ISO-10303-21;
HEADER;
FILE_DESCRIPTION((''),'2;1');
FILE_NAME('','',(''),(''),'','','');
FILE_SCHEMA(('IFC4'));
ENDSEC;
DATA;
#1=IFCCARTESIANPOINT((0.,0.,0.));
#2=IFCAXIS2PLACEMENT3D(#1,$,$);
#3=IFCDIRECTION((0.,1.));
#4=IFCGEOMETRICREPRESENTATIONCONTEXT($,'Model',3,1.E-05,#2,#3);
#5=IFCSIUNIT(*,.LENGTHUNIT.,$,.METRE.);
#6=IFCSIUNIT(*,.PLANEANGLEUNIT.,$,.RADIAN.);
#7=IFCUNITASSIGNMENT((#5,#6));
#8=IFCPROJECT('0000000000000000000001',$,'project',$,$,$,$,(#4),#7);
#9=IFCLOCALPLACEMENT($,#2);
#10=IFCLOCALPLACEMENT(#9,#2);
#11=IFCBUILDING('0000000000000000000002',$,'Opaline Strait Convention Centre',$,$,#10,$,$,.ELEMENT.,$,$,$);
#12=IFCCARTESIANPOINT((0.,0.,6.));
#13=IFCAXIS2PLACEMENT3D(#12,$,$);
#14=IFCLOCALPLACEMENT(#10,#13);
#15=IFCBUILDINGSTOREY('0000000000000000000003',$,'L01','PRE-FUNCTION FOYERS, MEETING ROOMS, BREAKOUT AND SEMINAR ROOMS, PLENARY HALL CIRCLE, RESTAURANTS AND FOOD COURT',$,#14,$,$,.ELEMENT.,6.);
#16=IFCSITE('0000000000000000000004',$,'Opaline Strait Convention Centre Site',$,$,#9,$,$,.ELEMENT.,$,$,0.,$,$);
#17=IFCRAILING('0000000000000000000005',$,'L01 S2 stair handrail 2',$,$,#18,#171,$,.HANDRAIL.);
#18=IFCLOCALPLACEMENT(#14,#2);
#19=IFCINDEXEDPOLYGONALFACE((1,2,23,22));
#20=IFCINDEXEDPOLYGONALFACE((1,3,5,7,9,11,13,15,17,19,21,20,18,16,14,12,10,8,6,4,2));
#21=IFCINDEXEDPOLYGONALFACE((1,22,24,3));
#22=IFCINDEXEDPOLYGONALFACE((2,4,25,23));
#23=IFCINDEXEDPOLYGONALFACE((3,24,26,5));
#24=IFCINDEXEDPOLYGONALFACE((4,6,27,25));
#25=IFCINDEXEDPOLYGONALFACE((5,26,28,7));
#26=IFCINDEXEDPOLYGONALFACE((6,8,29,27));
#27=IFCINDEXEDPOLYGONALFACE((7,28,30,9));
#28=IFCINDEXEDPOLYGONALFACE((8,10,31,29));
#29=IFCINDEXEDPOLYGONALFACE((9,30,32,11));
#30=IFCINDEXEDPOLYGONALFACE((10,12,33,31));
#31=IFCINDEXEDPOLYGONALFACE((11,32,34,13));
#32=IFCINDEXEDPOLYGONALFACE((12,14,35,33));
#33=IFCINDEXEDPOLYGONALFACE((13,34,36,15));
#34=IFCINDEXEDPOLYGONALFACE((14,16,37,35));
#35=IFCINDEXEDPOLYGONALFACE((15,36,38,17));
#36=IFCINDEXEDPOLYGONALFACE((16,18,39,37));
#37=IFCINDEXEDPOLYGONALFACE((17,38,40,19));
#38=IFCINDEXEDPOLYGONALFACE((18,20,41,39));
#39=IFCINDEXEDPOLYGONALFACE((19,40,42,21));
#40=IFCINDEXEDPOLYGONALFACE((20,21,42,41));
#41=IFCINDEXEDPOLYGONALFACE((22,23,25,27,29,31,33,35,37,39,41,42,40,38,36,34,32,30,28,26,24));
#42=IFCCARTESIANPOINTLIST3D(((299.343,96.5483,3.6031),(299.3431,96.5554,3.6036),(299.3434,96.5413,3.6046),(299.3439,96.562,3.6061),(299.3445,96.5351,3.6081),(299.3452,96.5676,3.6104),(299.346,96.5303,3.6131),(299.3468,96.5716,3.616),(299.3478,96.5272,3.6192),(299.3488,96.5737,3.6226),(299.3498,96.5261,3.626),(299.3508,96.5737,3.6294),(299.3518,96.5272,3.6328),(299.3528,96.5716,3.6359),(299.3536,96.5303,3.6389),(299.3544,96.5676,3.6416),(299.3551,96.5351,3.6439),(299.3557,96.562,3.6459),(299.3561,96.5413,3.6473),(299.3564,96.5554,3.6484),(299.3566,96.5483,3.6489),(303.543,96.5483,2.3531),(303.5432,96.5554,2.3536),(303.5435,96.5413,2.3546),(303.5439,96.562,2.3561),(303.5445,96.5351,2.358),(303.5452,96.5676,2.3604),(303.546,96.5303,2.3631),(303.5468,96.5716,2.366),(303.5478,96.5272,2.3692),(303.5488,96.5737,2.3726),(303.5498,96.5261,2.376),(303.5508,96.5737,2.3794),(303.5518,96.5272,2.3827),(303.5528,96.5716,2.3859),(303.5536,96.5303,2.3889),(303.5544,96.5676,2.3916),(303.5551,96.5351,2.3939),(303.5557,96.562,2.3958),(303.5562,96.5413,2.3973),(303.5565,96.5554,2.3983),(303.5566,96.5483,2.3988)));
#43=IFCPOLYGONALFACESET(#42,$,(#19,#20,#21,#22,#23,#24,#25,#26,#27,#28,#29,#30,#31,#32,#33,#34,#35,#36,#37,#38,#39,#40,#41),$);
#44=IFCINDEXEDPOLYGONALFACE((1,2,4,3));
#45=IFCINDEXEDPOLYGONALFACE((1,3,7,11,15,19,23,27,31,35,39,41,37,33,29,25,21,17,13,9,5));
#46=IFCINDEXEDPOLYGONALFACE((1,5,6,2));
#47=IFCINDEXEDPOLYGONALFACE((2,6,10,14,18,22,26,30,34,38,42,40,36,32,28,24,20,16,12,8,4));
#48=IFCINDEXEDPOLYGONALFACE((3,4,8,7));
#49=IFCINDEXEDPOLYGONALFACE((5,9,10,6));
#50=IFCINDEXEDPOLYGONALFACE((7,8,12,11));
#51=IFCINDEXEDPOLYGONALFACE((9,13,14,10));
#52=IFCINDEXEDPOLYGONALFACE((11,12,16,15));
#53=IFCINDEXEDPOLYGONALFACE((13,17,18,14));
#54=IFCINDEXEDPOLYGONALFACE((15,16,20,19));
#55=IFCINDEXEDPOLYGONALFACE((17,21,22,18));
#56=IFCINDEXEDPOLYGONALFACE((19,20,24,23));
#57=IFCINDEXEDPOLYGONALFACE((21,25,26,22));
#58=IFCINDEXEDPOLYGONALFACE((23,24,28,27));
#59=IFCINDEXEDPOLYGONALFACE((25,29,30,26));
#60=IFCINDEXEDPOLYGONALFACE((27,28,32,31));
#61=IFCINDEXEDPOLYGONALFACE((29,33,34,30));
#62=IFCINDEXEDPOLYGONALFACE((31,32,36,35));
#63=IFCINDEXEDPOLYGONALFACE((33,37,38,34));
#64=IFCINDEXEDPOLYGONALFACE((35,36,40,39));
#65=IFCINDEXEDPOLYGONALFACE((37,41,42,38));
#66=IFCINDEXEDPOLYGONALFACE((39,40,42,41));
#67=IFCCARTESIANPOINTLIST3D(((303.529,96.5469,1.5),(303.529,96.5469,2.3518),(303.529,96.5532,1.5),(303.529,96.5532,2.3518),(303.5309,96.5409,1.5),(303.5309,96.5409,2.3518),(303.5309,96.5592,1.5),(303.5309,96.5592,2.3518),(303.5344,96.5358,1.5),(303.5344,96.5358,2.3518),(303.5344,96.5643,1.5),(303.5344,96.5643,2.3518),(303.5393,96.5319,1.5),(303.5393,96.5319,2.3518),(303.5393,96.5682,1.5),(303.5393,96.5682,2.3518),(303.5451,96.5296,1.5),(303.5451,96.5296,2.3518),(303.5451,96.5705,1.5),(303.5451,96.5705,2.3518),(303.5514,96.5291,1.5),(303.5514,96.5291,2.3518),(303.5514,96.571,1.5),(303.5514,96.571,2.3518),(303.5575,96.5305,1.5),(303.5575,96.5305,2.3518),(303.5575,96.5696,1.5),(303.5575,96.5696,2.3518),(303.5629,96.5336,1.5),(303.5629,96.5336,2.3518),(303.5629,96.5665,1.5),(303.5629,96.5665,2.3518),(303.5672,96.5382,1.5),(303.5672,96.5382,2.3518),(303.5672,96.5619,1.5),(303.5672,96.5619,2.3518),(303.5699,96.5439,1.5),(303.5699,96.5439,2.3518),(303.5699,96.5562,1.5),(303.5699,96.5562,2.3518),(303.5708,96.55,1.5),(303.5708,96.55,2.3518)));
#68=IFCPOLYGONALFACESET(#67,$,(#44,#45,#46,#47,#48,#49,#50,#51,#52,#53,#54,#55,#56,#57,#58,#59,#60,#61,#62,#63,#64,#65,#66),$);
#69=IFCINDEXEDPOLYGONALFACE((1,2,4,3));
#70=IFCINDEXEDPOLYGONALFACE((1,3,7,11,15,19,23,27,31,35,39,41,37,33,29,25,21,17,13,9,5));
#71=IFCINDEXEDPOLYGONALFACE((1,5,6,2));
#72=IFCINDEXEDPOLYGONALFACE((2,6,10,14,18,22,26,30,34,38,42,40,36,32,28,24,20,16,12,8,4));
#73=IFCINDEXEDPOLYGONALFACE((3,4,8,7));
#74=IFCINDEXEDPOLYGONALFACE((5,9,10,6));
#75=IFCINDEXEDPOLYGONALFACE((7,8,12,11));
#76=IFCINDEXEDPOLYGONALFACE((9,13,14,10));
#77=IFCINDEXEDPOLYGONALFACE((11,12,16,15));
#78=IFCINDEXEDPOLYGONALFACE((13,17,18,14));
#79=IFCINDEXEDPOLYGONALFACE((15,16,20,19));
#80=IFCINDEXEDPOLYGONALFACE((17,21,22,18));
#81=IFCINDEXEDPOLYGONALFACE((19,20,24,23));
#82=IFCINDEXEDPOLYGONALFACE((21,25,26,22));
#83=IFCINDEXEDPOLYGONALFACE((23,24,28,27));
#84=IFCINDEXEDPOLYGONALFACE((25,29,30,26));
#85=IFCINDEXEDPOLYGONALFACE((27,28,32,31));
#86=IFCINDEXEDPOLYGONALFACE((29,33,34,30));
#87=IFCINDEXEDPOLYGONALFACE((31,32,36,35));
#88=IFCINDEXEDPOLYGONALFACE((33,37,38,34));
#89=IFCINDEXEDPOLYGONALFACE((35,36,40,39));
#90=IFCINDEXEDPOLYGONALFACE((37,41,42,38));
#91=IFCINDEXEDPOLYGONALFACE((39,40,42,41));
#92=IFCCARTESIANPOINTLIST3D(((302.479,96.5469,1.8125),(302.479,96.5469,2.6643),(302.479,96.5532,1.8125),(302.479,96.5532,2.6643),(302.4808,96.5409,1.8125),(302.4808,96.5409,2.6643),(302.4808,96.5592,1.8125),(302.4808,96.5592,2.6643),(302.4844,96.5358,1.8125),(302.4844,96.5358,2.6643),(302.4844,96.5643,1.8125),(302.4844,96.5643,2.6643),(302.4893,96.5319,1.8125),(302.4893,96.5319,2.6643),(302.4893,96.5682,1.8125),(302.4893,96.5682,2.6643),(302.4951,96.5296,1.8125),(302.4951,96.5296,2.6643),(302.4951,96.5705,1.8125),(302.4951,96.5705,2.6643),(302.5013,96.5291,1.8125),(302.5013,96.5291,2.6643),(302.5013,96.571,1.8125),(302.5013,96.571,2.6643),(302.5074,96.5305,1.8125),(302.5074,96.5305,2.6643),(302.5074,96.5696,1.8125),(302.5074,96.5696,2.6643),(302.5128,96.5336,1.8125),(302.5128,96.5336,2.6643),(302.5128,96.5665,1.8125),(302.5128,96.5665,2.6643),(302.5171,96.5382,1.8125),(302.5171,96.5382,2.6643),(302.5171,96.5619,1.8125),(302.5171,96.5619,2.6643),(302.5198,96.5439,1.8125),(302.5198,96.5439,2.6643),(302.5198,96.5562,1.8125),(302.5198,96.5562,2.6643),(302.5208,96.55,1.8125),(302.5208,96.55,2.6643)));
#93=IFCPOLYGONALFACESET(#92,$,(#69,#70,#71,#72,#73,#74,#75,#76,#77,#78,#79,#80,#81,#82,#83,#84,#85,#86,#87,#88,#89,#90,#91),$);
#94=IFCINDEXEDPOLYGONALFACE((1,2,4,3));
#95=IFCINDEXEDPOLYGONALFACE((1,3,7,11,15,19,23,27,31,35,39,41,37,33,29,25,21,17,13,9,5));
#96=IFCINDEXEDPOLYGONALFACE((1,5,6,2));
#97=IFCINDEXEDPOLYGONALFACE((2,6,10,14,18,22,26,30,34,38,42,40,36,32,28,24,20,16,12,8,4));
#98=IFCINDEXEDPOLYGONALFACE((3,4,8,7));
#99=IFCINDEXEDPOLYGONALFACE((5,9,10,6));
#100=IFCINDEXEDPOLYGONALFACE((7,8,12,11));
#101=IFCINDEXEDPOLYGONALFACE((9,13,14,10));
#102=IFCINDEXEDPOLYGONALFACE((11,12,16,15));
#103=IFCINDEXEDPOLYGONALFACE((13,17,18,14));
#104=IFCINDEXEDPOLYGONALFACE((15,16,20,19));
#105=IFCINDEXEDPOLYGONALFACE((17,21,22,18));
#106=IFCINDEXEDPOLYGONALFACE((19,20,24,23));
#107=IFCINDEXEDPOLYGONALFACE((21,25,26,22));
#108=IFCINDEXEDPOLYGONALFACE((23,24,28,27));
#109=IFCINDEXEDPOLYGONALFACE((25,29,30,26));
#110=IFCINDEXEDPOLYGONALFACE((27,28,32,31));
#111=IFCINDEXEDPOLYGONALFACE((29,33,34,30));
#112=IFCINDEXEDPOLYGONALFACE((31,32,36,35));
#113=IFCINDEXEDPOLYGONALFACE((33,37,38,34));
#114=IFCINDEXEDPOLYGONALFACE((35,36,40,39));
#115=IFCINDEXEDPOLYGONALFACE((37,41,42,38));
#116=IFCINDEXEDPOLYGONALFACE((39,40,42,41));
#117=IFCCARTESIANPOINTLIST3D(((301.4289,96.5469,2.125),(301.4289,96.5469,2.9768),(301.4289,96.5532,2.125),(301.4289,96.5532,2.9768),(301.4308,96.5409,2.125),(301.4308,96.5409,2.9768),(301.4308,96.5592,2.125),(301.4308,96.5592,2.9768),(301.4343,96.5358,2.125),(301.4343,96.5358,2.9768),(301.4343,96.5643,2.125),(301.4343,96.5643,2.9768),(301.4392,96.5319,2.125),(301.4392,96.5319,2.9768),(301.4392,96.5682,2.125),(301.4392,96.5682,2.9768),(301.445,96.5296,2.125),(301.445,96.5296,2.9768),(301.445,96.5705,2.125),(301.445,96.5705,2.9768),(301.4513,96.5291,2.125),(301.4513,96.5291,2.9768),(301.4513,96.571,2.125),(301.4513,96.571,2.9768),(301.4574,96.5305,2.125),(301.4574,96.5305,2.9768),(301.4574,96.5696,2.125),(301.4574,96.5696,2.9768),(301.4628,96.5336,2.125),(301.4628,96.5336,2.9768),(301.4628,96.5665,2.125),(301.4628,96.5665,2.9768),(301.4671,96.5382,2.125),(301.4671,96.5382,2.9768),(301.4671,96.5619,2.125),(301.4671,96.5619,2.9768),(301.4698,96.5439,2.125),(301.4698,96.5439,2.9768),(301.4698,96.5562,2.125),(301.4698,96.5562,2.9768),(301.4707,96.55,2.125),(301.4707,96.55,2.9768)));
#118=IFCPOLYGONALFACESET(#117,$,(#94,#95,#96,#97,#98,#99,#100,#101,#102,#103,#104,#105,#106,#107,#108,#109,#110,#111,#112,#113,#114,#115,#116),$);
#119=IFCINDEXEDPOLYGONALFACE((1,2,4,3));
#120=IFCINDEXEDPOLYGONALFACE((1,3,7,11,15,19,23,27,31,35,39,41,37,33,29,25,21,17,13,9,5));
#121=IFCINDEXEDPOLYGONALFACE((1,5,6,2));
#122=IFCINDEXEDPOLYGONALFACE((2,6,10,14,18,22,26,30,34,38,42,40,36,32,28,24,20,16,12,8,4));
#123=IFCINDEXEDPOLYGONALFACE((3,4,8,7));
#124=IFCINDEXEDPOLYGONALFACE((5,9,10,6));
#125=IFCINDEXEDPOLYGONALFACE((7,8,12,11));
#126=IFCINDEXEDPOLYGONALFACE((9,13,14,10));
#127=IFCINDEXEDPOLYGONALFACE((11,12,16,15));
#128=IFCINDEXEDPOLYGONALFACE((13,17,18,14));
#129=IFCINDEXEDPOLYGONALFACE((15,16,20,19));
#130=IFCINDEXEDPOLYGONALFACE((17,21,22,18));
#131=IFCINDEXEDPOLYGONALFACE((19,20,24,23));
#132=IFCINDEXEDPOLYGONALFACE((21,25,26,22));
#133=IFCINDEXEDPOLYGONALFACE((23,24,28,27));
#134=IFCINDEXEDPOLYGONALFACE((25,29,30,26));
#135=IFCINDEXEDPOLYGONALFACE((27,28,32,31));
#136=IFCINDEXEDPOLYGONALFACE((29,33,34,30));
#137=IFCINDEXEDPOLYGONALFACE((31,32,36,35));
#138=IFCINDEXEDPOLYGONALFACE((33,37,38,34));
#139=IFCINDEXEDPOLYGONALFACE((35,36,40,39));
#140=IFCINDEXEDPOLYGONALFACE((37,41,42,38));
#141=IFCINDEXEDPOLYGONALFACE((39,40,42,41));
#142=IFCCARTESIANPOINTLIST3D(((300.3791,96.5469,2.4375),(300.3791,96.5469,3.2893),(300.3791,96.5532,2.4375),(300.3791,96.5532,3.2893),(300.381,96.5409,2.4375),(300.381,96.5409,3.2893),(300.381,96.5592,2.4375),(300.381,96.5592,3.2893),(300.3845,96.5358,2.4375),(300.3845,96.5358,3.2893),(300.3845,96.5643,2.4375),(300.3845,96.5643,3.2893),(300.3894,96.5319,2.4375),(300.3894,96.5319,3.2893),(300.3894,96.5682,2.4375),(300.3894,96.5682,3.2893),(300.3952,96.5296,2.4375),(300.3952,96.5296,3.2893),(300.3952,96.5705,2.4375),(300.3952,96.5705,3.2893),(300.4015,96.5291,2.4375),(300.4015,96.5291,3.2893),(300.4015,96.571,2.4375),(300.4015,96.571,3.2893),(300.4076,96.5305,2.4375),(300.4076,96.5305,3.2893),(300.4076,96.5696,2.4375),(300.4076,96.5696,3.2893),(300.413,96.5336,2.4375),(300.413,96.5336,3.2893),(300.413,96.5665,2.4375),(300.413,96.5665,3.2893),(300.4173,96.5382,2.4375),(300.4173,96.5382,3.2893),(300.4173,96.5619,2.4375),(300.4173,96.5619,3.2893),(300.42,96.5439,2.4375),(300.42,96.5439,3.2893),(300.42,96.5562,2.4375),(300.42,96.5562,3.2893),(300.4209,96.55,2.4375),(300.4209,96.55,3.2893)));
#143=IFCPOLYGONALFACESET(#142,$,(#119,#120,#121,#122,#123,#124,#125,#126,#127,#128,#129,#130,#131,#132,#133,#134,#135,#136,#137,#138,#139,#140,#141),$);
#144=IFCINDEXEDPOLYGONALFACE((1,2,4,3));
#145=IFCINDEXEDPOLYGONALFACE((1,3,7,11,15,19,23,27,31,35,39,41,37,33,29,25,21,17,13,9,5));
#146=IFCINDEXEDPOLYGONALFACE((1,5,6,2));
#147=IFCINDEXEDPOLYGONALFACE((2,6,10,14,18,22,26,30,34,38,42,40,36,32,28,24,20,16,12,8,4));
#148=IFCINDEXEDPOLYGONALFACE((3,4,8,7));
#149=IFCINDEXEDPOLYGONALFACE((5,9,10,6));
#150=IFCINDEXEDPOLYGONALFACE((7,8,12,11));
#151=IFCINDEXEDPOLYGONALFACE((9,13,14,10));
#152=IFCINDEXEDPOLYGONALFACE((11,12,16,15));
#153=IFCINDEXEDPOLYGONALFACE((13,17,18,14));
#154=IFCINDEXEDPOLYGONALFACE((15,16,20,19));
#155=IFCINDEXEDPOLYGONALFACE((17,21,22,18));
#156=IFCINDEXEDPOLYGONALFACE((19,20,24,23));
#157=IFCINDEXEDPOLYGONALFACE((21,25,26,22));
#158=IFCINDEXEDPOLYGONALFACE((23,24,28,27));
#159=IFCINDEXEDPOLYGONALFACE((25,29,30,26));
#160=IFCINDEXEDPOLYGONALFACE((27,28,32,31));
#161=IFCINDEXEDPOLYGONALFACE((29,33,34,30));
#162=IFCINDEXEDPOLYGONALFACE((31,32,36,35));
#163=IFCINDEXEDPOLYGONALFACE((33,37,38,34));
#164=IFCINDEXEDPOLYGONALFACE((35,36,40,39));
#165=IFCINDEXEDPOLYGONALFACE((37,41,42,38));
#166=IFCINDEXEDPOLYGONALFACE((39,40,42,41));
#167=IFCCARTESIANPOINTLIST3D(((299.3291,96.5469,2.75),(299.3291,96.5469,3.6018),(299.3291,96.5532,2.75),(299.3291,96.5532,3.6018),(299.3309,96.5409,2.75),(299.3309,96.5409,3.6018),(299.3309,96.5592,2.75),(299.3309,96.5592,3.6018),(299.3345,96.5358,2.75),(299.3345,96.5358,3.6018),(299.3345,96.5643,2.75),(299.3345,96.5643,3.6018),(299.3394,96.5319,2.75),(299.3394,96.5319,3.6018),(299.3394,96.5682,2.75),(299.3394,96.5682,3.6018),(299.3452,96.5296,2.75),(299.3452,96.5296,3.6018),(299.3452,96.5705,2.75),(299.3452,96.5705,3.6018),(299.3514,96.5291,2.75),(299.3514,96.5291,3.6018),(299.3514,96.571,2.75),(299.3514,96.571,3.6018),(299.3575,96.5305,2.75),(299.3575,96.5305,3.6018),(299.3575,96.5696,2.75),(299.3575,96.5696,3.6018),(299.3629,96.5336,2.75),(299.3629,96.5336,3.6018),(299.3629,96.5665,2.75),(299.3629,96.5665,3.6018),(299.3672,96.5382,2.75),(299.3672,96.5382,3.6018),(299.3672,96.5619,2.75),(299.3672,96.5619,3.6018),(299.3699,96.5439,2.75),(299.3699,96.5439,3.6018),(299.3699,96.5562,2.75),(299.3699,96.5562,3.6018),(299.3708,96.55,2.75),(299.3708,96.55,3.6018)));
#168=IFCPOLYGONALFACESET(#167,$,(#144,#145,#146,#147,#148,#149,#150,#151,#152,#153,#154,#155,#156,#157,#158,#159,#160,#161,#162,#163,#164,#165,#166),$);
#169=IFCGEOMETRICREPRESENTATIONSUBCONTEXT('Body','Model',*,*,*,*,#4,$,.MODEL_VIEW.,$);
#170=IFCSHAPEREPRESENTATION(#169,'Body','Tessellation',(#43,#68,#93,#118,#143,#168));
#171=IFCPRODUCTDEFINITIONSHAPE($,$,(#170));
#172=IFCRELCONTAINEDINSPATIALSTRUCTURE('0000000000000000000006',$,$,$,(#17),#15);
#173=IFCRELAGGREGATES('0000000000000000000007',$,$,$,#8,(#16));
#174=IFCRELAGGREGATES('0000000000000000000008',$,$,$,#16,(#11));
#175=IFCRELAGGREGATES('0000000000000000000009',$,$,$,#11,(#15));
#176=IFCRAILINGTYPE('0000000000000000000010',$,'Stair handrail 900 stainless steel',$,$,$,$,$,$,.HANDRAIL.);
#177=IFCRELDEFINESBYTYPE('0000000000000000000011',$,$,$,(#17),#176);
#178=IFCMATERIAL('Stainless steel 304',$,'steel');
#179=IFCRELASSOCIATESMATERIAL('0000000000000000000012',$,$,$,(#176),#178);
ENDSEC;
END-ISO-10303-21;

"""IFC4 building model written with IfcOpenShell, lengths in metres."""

from ifc_helpers import new_model, si_unit, direction, frame, origin, origin_2d, place, context, subcontext, project, spatial, circle, extrude, material, type_object, element, save


model = new_model("IFC4")

# Units and contexts
model_context = context("Model", 3, precision=1e-05, world=origin(), true_north=direction((0.0, 1.0)))
body_context = subcontext(model_context, "Body", "Model", "MODEL_VIEW")
ifc_project = project(units=[si_unit("LENGTHUNIT", "METRE"), si_unit("PLANEANGLEUNIT", "RADIAN")], contexts=[model_context])

# Site, building, storey
site_placement = place(None, origin())
site = spatial("IfcSite", under=ifc_project, at=site_placement, Name="Opaline Strait Convention Centre Site", CompositionType="ELEMENT", RefElevation=0.0)
building_placement = place(site_placement, origin())
building = spatial("IfcBuilding", under=site, at=building_placement, Name="Opaline Strait Convention Centre", CompositionType="ELEMENT")
storey_placement = place(building_placement, frame((0.0, 0.0, 6.0)))
storey = spatial("IfcBuildingStorey", under=building, at=storey_placement, Name="L01", Description="PRE-FUNCTION FOYERS, MEETING ROOMS, BREAKOUT AND SEMINAR ROOMS, PLENARY HALL CIRCLE, RESTAURANTS AND FOOD COURT", CompositionType="ELEMENT", Elevation=6.0)

# Railing
ifc_material_1 = material(Name="Stainless steel 304", Category="steel")
railing_type_1 = type_object("IfcRailingType", Name="Stair handrail 900 stainless steel", PredefinedType="HANDRAIL", material=ifc_material_1)
railing_1_placement = place(storey_placement, frame((303.5498, 96.55, 1.5)))
element("IfcRailing", 1, at=railing_1_placement, inside=storey, type_object=railing_type_1, Name="L01 S2 stair handrail 2", PredefinedType="HANDRAIL", context=body_context, shape_type="SweptSolid", body=[
    extrude(circle(Radius=0.0239, at=origin_2d()), frame((0.0, 0.0, 0.876), z_axis=(-0.958451, 0.0, 0.285257), x_axis=(0.0, -1.0, 0.0)), (0.0, 0.0, 1.0), 4.3821),
    extrude(circle(Radius=0.021, at=origin_2d()), origin(), (0.0, 0.0, 1.0), 0.8518),
    extrude(circle(Radius=0.021, at=origin_2d()), frame((-1.05, 0.0, 0.3125)), (0.0, 0.0, 1.0), 0.8518),
    extrude(circle(Radius=0.021, at=origin_2d()), frame((-2.1001, 0.0, 0.625)), (0.0, 0.0, 1.0), 0.8518),
    extrude(circle(Radius=0.021, at=origin_2d()), frame((-3.1499, 0.0, 0.9375)), (0.0, 0.0, 1.0), 0.8518),
    extrude(circle(Radius=0.021, at=origin_2d()), frame((-4.2, 0.0, 1.25)), (0.0, 0.0, 1.0), 0.8518),
])

save(model, "model.ifc")
